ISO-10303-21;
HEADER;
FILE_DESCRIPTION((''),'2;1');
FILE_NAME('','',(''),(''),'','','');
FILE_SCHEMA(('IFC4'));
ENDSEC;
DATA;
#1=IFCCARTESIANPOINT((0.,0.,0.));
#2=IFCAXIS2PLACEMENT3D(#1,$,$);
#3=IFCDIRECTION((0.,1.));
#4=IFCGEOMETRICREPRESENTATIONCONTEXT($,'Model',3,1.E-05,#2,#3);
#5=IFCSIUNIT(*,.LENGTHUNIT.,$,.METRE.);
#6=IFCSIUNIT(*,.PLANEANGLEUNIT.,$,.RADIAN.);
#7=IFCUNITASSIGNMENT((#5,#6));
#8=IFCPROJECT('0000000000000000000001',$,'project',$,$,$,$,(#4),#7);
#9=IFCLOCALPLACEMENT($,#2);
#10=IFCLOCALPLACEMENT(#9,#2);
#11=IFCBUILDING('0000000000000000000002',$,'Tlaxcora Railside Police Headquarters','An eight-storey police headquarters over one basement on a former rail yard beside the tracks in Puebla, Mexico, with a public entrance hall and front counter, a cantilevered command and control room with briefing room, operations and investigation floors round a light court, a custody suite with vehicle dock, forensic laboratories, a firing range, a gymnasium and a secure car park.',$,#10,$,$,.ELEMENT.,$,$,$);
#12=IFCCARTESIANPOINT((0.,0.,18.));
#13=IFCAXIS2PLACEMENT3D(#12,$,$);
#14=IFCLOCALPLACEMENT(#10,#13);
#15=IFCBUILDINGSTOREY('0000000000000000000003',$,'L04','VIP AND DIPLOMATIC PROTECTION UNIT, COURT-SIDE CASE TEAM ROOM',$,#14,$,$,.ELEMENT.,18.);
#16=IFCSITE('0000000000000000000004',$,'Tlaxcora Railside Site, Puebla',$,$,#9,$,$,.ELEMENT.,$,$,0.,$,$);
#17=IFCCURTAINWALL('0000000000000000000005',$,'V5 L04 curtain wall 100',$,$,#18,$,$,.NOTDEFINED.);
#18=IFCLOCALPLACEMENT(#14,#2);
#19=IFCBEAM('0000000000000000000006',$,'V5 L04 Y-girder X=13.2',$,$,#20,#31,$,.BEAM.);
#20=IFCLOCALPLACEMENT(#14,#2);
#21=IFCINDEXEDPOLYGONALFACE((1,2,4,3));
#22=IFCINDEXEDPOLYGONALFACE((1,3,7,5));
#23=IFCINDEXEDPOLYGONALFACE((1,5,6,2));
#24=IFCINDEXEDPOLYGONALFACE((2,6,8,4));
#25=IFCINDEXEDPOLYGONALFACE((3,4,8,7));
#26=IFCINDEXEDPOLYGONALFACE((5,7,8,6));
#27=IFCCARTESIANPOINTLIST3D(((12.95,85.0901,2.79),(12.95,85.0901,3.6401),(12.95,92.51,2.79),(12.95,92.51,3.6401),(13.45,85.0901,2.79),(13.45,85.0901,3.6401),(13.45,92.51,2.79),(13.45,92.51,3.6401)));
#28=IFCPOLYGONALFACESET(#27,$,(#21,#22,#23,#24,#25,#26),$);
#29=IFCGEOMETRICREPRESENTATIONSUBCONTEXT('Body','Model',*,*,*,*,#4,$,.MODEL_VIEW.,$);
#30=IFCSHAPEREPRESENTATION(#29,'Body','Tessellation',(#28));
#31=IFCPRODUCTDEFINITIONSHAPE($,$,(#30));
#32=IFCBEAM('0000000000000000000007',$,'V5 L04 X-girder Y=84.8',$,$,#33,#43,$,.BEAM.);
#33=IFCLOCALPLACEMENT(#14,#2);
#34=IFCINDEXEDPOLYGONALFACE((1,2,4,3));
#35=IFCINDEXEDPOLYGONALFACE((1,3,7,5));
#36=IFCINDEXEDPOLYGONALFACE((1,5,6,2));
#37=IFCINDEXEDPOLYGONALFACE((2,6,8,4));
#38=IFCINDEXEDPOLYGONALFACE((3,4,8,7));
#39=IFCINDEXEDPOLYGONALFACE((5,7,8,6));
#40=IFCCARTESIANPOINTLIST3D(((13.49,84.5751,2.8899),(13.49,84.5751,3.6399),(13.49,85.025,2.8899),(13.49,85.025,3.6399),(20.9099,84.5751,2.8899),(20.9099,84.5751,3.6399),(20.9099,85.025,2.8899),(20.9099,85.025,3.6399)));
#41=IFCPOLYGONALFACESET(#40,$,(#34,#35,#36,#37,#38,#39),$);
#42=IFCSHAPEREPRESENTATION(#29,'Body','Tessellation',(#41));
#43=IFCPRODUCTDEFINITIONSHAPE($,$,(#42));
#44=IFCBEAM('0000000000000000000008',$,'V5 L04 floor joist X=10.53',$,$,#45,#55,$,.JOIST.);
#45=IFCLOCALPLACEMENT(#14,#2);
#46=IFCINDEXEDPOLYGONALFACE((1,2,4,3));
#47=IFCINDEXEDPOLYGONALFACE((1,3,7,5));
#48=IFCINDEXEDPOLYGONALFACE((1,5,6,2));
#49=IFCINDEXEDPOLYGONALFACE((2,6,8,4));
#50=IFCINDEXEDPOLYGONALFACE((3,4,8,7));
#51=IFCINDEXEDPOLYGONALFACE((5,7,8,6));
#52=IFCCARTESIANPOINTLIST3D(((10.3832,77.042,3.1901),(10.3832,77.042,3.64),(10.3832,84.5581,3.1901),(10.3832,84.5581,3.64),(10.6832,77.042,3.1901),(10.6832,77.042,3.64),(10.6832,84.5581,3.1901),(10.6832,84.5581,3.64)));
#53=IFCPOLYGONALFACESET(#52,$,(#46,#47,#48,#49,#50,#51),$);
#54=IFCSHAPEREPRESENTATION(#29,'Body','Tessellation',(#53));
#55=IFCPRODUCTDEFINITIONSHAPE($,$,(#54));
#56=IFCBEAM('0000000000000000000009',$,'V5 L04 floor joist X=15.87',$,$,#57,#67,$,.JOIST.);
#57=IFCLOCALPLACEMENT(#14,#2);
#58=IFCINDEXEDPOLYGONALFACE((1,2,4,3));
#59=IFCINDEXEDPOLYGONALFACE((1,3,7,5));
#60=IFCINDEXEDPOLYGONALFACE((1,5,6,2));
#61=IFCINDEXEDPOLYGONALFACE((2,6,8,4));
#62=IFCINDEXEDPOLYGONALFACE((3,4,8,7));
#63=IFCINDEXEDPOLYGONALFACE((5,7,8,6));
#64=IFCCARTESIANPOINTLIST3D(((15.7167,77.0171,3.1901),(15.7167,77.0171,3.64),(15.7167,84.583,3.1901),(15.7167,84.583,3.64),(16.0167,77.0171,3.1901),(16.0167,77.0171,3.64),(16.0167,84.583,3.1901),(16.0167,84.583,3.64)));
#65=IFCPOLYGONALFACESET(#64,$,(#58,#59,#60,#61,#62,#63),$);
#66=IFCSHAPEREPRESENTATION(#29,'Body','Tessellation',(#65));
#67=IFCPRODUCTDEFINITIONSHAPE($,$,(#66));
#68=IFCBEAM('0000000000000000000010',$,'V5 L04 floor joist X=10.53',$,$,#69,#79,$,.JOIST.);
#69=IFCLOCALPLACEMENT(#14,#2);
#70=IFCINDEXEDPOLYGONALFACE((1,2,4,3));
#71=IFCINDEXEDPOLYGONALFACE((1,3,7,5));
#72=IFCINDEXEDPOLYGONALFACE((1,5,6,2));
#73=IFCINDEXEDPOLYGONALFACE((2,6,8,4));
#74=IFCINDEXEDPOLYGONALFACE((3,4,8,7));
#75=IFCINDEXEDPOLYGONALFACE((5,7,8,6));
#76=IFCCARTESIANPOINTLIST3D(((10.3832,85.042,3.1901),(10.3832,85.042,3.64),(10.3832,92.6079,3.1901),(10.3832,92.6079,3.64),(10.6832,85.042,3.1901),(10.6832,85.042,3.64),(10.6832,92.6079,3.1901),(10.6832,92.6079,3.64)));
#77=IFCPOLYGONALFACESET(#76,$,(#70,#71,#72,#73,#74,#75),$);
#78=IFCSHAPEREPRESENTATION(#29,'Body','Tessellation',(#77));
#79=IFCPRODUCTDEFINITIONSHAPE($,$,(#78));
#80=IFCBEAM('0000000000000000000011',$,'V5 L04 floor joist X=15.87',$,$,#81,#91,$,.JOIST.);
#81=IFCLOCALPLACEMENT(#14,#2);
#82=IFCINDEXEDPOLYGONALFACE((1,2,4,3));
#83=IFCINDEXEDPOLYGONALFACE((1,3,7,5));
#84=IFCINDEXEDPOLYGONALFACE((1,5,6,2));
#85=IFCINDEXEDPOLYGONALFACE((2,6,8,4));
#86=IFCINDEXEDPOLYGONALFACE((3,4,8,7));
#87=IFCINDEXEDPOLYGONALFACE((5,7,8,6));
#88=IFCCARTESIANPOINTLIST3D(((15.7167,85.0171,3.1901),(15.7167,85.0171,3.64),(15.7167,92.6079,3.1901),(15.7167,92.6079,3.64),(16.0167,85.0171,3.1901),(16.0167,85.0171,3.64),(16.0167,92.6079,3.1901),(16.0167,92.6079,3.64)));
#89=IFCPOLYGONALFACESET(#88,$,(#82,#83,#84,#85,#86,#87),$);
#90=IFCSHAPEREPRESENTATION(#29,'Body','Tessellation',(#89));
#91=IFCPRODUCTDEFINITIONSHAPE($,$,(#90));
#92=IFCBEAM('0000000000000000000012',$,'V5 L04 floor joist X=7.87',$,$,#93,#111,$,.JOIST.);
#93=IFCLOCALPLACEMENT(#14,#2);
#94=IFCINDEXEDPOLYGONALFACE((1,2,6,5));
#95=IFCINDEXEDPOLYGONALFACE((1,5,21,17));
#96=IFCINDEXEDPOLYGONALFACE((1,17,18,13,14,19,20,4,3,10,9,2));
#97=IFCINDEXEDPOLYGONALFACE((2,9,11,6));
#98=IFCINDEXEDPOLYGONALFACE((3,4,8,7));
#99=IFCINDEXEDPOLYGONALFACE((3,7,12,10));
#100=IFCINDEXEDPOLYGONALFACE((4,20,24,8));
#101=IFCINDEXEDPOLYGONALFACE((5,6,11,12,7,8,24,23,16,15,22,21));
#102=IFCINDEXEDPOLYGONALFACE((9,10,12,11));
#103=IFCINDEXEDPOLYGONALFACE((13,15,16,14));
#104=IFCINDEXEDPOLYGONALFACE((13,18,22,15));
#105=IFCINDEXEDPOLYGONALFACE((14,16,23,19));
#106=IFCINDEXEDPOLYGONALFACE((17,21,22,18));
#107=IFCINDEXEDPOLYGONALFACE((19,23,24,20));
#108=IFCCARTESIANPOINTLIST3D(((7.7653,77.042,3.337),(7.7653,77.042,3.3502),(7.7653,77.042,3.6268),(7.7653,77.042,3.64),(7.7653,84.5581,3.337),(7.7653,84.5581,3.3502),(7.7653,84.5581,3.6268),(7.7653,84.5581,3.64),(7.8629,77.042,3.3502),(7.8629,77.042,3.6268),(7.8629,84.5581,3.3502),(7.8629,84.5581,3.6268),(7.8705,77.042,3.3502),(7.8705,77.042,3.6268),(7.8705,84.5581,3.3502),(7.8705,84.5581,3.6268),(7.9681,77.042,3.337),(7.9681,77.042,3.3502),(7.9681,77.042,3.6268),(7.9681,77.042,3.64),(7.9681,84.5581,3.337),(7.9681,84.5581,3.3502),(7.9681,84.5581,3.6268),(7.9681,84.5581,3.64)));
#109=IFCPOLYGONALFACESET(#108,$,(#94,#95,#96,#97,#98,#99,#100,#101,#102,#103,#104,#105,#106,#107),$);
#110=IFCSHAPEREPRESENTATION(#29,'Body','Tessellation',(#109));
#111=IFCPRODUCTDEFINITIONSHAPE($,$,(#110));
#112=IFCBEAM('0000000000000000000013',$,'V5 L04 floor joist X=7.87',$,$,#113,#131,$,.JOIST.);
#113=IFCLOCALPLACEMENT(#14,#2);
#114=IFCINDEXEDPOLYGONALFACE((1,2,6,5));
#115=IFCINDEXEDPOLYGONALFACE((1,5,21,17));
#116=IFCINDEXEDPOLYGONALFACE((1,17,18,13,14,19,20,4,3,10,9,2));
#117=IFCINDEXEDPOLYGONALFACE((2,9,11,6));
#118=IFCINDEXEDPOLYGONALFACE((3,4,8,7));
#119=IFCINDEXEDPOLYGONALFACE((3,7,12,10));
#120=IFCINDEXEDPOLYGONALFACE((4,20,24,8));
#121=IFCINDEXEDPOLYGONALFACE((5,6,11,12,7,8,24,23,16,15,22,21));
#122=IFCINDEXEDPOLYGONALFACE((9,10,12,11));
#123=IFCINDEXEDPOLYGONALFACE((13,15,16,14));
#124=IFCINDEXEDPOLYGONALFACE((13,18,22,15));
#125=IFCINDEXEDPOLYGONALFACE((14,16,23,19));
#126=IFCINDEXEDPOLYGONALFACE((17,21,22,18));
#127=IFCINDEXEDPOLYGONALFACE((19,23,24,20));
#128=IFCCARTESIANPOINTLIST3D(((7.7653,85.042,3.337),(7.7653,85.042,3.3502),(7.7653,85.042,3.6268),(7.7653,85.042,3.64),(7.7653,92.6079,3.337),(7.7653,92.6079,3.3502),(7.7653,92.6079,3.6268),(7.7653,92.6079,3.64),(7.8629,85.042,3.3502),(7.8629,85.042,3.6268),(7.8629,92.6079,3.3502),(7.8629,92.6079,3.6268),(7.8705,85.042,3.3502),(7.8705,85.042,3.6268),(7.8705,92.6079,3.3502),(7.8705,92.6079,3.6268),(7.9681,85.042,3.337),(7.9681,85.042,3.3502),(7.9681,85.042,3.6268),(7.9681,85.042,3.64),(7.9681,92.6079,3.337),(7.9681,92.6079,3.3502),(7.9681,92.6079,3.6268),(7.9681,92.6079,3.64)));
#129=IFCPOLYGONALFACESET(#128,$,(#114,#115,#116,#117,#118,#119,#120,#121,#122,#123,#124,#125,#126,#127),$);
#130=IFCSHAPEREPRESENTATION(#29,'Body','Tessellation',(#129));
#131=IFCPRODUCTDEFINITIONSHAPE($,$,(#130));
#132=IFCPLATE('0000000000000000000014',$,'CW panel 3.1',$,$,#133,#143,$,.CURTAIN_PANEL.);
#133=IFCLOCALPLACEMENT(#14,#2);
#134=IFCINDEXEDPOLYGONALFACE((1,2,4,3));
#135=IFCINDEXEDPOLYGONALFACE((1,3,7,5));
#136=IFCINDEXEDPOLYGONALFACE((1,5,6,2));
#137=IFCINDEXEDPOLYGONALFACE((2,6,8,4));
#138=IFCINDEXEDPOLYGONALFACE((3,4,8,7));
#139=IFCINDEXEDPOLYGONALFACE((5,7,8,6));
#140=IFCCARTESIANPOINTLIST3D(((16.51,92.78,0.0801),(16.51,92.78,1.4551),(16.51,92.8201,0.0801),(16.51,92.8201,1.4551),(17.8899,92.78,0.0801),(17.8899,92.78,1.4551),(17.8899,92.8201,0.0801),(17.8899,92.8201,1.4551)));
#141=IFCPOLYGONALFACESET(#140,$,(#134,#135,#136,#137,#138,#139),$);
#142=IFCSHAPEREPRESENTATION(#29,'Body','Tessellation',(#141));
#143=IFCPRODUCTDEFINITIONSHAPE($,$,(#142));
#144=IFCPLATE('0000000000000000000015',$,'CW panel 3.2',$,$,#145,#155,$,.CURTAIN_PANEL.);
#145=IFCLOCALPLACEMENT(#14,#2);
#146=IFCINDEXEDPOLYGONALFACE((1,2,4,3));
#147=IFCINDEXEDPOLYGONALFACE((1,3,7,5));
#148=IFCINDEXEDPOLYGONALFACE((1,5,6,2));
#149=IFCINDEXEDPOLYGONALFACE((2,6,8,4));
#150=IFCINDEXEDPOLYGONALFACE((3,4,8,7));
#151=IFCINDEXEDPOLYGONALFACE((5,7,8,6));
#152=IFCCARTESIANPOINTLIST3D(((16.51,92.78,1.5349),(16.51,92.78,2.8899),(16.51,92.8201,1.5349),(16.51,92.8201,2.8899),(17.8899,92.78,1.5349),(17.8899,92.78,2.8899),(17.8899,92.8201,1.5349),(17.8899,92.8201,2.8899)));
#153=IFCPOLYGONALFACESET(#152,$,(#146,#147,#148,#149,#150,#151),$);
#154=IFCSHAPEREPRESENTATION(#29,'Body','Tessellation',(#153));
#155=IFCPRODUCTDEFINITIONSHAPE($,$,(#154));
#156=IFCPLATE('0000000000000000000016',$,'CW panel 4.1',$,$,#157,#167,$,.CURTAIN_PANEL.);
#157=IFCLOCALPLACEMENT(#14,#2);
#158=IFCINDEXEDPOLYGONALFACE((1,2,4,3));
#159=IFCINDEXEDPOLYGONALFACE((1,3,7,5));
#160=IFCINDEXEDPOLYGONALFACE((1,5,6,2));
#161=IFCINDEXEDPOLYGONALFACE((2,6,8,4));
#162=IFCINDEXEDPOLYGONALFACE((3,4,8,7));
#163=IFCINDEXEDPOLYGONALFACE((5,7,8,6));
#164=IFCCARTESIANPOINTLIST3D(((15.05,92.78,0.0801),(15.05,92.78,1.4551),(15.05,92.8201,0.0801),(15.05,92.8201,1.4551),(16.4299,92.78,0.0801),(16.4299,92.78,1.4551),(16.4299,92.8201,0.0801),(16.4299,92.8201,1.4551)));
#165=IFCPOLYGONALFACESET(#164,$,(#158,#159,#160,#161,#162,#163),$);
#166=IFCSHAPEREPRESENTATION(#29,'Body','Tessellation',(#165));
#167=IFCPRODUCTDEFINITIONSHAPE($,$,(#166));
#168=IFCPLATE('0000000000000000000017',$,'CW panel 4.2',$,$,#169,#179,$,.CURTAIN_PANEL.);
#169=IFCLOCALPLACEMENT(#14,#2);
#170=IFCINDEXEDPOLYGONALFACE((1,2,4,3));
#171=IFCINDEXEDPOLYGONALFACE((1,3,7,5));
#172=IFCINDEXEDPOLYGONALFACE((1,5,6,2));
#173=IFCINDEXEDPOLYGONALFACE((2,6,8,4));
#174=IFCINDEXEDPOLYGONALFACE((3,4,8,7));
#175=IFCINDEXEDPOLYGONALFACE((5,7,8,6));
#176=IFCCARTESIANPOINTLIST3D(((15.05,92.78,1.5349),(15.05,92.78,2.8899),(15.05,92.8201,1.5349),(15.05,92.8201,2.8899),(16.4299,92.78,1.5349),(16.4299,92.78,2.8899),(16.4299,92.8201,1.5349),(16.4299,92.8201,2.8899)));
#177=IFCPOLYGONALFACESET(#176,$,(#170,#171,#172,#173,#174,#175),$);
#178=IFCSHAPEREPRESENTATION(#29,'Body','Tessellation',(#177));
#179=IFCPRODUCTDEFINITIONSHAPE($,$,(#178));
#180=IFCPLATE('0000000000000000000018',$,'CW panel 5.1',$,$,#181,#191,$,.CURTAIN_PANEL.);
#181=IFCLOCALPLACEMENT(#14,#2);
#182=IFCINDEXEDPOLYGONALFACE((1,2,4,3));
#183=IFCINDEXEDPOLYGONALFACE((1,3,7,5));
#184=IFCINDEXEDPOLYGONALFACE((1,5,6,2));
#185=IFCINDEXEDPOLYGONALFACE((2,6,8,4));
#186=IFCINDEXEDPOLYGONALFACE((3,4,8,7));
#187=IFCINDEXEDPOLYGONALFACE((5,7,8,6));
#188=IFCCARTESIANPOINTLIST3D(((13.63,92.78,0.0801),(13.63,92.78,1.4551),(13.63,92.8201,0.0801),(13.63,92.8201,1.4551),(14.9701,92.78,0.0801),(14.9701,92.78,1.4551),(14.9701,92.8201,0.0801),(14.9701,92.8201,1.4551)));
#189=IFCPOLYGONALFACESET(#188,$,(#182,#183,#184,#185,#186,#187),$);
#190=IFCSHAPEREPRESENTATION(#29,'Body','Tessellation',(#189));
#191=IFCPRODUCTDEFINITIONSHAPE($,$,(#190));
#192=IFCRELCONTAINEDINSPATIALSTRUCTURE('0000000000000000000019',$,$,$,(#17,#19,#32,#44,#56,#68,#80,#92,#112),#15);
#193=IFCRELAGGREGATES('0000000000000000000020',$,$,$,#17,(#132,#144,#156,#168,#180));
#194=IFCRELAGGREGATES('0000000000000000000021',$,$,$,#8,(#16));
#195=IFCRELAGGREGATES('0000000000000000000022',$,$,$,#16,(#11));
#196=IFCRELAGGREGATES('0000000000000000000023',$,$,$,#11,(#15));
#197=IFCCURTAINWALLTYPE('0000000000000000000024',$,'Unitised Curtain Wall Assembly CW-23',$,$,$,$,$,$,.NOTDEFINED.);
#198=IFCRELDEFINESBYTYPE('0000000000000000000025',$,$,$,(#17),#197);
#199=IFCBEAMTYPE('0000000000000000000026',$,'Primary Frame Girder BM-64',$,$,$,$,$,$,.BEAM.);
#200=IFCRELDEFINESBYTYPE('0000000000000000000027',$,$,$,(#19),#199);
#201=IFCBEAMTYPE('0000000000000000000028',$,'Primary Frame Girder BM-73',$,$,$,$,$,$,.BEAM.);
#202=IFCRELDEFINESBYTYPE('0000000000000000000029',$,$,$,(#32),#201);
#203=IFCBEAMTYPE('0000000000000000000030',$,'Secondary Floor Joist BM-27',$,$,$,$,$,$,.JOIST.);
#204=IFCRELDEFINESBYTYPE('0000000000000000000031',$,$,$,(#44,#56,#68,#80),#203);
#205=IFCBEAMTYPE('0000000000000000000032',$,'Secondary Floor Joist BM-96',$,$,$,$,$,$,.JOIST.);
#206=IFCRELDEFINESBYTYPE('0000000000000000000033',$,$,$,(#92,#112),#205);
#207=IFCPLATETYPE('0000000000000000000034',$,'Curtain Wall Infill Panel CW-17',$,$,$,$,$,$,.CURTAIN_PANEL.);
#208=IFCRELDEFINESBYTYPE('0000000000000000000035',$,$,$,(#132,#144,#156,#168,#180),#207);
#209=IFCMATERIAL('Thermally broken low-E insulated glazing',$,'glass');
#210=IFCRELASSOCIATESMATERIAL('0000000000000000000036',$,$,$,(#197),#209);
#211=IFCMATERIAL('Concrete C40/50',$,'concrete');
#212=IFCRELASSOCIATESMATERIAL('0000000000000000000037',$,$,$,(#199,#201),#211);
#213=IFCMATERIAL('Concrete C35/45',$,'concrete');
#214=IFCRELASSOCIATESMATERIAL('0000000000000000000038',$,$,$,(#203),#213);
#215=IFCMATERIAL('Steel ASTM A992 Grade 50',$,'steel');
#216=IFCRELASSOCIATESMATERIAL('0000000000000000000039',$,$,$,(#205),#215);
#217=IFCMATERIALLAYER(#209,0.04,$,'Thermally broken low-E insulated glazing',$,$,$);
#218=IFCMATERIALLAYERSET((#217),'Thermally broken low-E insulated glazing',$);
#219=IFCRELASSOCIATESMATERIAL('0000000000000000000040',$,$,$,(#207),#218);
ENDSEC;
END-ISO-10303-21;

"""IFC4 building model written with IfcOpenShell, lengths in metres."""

from ifc_helpers import new_model, si_unit, direction, frame, origin, origin_2d, place, context, subcontext, project, spatial, rectangle, i_section, extrude, material, layer, layer_set, material_profile, profile_set, type_object, element, aggregate, save


model = new_model("IFC4")

# Units and contexts
model_context = context("Model", 3, precision=1e-05, world=origin(), true_north=direction((0.0, 1.0)))
body_context = subcontext(model_context, "Body", "Model", "MODEL_VIEW")
ifc_project = project(units=[si_unit("LENGTHUNIT", "METRE"), si_unit("PLANEANGLEUNIT", "RADIAN")], contexts=[model_context])

# Site, building, storey
site_placement = place(None, origin())
site = spatial("IfcSite", under=ifc_project, at=site_placement, Name="Tlaxcora Railside Site, Puebla", CompositionType="ELEMENT", RefElevation=0.0)
building_placement = place(site_placement, origin())
building = spatial("IfcBuilding", under=site, at=building_placement, Name="Tlaxcora Railside Police Headquarters", Description="An eight-storey police headquarters over one basement on a former rail yard beside the tracks in Puebla, Mexico, with a public entrance hall and front counter, a cantilevered command and control room with briefing room, operations and investigation floors round a light court, a custody suite with vehicle dock, forensic laboratories, a firing range, a gymnasium and a secure car park.", CompositionType="ELEMENT")
storey_placement = place(building_placement, frame((0.0, 0.0, 18.0)))
storey = spatial("IfcBuildingStorey", under=building, at=storey_placement, Name="L04", Description="VIP AND DIPLOMATIC PROTECTION UNIT, COURT-SIDE CASE TEAM ROOM", CompositionType="ELEMENT", Elevation=18.0)

# Shared definitions
ifc_material_1 = material(Name="Concrete C40/50", Category="concrete")

# Curtain wall
ifc_material_2 = material(Name="Thermally broken low-E insulated glazing", Category="glass")
curtain_wall_type_1 = type_object("IfcCurtainWallType", Name="Unitised Curtain Wall Assembly CW-23", PredefinedType="NOTDEFINED", material=ifc_material_2)
curtain_wall_1_placement = place(storey_placement, origin())
curtain_wall_1 = element("IfcCurtainWall", 1, at=curtain_wall_1_placement, inside=storey, type_object=curtain_wall_type_1, Name="V5 L04 curtain wall 100", PredefinedType="NOTDEFINED")

# Shared definitions
ifc_material_3 = material(Name="Steel ASTM A992 Grade 50", Category="steel")

# Beams
ifc_material_profile_1 = material_profile(ifc_material_1, rectangle(XDim=0.5, YDim=0.8501, at=origin_2d()), Name="RC500X850")
ifc_profile_set_1 = profile_set([ifc_material_profile_1], Name="Concrete C40/50")
beam_type_1 = type_object("IfcBeamType", Name="Primary Frame Girder BM-64", PredefinedType="BEAM", material=ifc_profile_set_1)
beam_1_placement = place(storey_placement, frame((13.2, 85.0901, 3.2151), z_axis=(0.0, 1.0, 0.0), x_axis=(-1.0, 0.0, 0.0)))
element("IfcBeam", 2, at=beam_1_placement, inside=storey, type_object=beam_type_1, Name="V5 L04 Y-girder X=13.2", PredefinedType="BEAM", context=body_context, shape_type="SweptSolid", body=[
    extrude(rectangle(XDim=0.5, YDim=0.8501, at=origin_2d()), origin(), (0.0, 0.0, 1.0), 7.4199),
])
ifc_material_profile_2 = material_profile(ifc_material_1, rectangle(XDim=0.45, YDim=0.75, at=origin_2d()), Name="RC450X750")
ifc_profile_set_2 = profile_set([ifc_material_profile_2], Name="Concrete C40/50")
beam_type_2 = type_object("IfcBeamType", Name="Primary Frame Girder BM-73", PredefinedType="BEAM", material=ifc_profile_set_2)
beam_2_placement = place(storey_placement, frame((13.49, 84.8, 3.2649), z_axis=(1.0, 0.0, 0.0), x_axis=(0.0, 1.0, 0.0)))
element("IfcBeam", 3, at=beam_2_placement, inside=storey, type_object=beam_type_2, Name="V5 L04 X-girder Y=84.8", PredefinedType="BEAM", context=body_context, shape_type="SweptSolid", body=[
    extrude(rectangle(XDim=0.45, YDim=0.75, at=origin_2d()), origin(), (0.0, 0.0, 1.0), 7.4199),
])
ifc_material_4 = material(Name="Concrete C35/45", Category="concrete")
ifc_material_profile_3 = material_profile(ifc_material_4, rectangle(XDim=0.3, YDim=0.45, at=origin_2d()), Name="RC300X450")
ifc_profile_set_3 = profile_set([ifc_material_profile_3], Name="Concrete C35/45")
beam_type_3 = type_object("IfcBeamType", Name="Secondary Floor Joist BM-27", PredefinedType="JOIST", material=ifc_profile_set_3)
beam_3_placement = place(storey_placement, frame((10.5332, 77.042, 3.415), z_axis=(0.0, 1.0, 0.0), x_axis=(-1.0, 0.0, 0.0)))
element("IfcBeam", 4, at=beam_3_placement, inside=storey, type_object=beam_type_3, Name="V5 L04 floor joist X=10.53", PredefinedType="JOIST", context=body_context, shape_type="SweptSolid", body=[
    extrude(rectangle(XDim=0.3, YDim=0.45, at=origin_2d()), origin(), (0.0, 0.0, 1.0), 7.5161),
])
for number, where, z_axis, x_axis, name in (
    (5, (15.8667, 77.0171, 3.415), (0.0, 1.0, 0.0), (-1.0, 0.0, 0.0), "V5 L04 floor joist X=15.87"),
    (6, (10.5332, 85.042, 3.415), (0.0, 1.0, 0.0), (-1.0, 0.0, 0.0), "V5 L04 floor joist X=10.53"),
):
    element("IfcBeam", number, at=place(storey_placement, frame(where, z_axis=z_axis, x_axis=x_axis)), inside=storey, type_object=beam_type_3, Name=name, PredefinedType="JOIST", context=body_context, shape_type="SweptSolid", body=[
        extrude(rectangle(XDim=0.3, YDim=0.45, at=origin_2d()), origin(), (0.0, 0.0, 1.0), 7.5659),
    ])
beam_4_placement = place(storey_placement, frame((15.8667, 85.0171, 3.415), z_axis=(0.0, 1.0, 0.0), x_axis=(-1.0, 0.0, 0.0)))
element("IfcBeam", 7, at=beam_4_placement, inside=storey, type_object=beam_type_3, Name="V5 L04 floor joist X=15.87", PredefinedType="JOIST", context=body_context, shape_type="SweptSolid", body=[
    extrude(rectangle(XDim=0.3, YDim=0.45, at=origin_2d()), origin(), (0.0, 0.0, 1.0), 7.5908),
])
ifc_material_profile_4 = material_profile(ifc_material_3, i_section(OverallWidth=0.2029, OverallDepth=0.303, WebThickness=0.0076, FlangeThickness=0.0132, at=origin_2d()), Name="W12X40")
ifc_profile_set_4 = profile_set([ifc_material_profile_4], Name="Steel ASTM A992 Grade 50")
beam_type_4 = type_object("IfcBeamType", Name="Secondary Floor Joist BM-96", PredefinedType="JOIST", material=ifc_profile_set_4)
beam_5_placement = place(storey_placement, frame((7.8667, 77.042, 3.4885), z_axis=(0.0, 1.0, 0.0), x_axis=(-1.0, 0.0, 0.0)))
element("IfcBeam", 8, at=beam_5_placement, inside=storey, type_object=beam_type_4, Name="V5 L04 floor joist X=7.87", PredefinedType="JOIST", context=body_context, shape_type="SweptSolid", body=[
    extrude(i_section(OverallWidth=0.2029, OverallDepth=0.303, WebThickness=0.0076, FlangeThickness=0.0132, at=origin_2d()), origin(), (0.0, 0.0, 1.0), 7.5161),
])
beam_6_placement = place(storey_placement, frame((7.8667, 85.042, 3.4885), z_axis=(0.0, 1.0, 0.0), x_axis=(-1.0, 0.0, 0.0)))
element("IfcBeam", 9, at=beam_6_placement, inside=storey, type_object=beam_type_4, Name="V5 L04 floor joist X=7.87", PredefinedType="JOIST", context=body_context, shape_type="SweptSolid", body=[
    extrude(i_section(OverallWidth=0.2029, OverallDepth=0.303, WebThickness=0.0076, FlangeThickness=0.0132, at=origin_2d()), origin(), (0.0, 0.0, 1.0), 7.5659),
])

# Plates
ifc_layer_1 = layer(ifc_material_2, 0.04, Name="Thermally broken low-E insulated glazing")
ifc_layer_set_1 = layer_set([ifc_layer_1], Name="Thermally broken low-E insulated glazing")
plate_type_1 = type_object("IfcPlateType", Name="Curtain Wall Infill Panel CW-17", PredefinedType="CURTAIN_PANEL", material=ifc_layer_set_1)
plate_1_placement = place(storey_placement, frame((17.2, 92.8, 0.0801), z_axis=(0.0, 0.0, 1.0), x_axis=(-1.0, 0.0, 0.0)))
plate_1 = element("IfcPlate", 10, at=plate_1_placement, type_object=plate_type_1, Name="CW panel 3.1", PredefinedType="CURTAIN_PANEL", context=body_context, shape_type="SweptSolid", body=[
    extrude(rectangle(XDim=1.3799, YDim=0.04, at=origin_2d()), origin(), (0.0, 0.0, 1.0), 1.375),
])
plate_2_placement = place(storey_placement, frame((17.2, 92.8, 1.5349), z_axis=(0.0, 0.0, 1.0), x_axis=(-1.0, 0.0, 0.0)))
plate_2 = element("IfcPlate", 11, at=plate_2_placement, type_object=plate_type_1, Name="CW panel 3.2", PredefinedType="CURTAIN_PANEL", context=body_context, shape_type="SweptSolid", body=[
    extrude(rectangle(XDim=1.3799, YDim=0.04, at=origin_2d()), origin(), (0.0, 0.0, 1.0), 1.355),
])
plate_3_placement = place(storey_placement, frame((15.74, 92.8, 0.0801), z_axis=(0.0, 0.0, 1.0), x_axis=(-1.0, 0.0, 0.0)))
plate_3 = element("IfcPlate", 12, at=plate_3_placement, type_object=plate_type_1, Name="CW panel 4.1", PredefinedType="CURTAIN_PANEL", context=body_context, shape_type="SweptSolid", body=[
    extrude(rectangle(XDim=1.3799, YDim=0.04, at=origin_2d()), origin(), (0.0, 0.0, 1.0), 1.375),
])
plate_4_placement = place(storey_placement, frame((15.74, 92.8, 1.5349), z_axis=(0.0, 0.0, 1.0), x_axis=(-1.0, 0.0, 0.0)))
plate_4 = element("IfcPlate", 13, at=plate_4_placement, type_object=plate_type_1, Name="CW panel 4.2", PredefinedType="CURTAIN_PANEL", context=body_context, shape_type="SweptSolid", body=[
    extrude(rectangle(XDim=1.3799, YDim=0.04, at=origin_2d()), origin(), (0.0, 0.0, 1.0), 1.355),
])
plate_5_placement = place(storey_placement, frame((14.3, 92.8, 0.0801), z_axis=(0.0, 0.0, 1.0), x_axis=(-1.0, 0.0, 0.0)))
plate_5 = element("IfcPlate", 14, at=plate_5_placement, type_object=plate_type_1, Name="CW panel 5.1", PredefinedType="CURTAIN_PANEL", context=body_context, shape_type="SweptSolid", body=[
    extrude(rectangle(XDim=1.3401, YDim=0.04, at=origin_2d()), origin(), (0.0, 0.0, 1.0), 1.375),
])
aggregate(curtain_wall_1, [plate_1, plate_2, plate_3, plate_4, plate_5])

save(model, "model.ifc")
